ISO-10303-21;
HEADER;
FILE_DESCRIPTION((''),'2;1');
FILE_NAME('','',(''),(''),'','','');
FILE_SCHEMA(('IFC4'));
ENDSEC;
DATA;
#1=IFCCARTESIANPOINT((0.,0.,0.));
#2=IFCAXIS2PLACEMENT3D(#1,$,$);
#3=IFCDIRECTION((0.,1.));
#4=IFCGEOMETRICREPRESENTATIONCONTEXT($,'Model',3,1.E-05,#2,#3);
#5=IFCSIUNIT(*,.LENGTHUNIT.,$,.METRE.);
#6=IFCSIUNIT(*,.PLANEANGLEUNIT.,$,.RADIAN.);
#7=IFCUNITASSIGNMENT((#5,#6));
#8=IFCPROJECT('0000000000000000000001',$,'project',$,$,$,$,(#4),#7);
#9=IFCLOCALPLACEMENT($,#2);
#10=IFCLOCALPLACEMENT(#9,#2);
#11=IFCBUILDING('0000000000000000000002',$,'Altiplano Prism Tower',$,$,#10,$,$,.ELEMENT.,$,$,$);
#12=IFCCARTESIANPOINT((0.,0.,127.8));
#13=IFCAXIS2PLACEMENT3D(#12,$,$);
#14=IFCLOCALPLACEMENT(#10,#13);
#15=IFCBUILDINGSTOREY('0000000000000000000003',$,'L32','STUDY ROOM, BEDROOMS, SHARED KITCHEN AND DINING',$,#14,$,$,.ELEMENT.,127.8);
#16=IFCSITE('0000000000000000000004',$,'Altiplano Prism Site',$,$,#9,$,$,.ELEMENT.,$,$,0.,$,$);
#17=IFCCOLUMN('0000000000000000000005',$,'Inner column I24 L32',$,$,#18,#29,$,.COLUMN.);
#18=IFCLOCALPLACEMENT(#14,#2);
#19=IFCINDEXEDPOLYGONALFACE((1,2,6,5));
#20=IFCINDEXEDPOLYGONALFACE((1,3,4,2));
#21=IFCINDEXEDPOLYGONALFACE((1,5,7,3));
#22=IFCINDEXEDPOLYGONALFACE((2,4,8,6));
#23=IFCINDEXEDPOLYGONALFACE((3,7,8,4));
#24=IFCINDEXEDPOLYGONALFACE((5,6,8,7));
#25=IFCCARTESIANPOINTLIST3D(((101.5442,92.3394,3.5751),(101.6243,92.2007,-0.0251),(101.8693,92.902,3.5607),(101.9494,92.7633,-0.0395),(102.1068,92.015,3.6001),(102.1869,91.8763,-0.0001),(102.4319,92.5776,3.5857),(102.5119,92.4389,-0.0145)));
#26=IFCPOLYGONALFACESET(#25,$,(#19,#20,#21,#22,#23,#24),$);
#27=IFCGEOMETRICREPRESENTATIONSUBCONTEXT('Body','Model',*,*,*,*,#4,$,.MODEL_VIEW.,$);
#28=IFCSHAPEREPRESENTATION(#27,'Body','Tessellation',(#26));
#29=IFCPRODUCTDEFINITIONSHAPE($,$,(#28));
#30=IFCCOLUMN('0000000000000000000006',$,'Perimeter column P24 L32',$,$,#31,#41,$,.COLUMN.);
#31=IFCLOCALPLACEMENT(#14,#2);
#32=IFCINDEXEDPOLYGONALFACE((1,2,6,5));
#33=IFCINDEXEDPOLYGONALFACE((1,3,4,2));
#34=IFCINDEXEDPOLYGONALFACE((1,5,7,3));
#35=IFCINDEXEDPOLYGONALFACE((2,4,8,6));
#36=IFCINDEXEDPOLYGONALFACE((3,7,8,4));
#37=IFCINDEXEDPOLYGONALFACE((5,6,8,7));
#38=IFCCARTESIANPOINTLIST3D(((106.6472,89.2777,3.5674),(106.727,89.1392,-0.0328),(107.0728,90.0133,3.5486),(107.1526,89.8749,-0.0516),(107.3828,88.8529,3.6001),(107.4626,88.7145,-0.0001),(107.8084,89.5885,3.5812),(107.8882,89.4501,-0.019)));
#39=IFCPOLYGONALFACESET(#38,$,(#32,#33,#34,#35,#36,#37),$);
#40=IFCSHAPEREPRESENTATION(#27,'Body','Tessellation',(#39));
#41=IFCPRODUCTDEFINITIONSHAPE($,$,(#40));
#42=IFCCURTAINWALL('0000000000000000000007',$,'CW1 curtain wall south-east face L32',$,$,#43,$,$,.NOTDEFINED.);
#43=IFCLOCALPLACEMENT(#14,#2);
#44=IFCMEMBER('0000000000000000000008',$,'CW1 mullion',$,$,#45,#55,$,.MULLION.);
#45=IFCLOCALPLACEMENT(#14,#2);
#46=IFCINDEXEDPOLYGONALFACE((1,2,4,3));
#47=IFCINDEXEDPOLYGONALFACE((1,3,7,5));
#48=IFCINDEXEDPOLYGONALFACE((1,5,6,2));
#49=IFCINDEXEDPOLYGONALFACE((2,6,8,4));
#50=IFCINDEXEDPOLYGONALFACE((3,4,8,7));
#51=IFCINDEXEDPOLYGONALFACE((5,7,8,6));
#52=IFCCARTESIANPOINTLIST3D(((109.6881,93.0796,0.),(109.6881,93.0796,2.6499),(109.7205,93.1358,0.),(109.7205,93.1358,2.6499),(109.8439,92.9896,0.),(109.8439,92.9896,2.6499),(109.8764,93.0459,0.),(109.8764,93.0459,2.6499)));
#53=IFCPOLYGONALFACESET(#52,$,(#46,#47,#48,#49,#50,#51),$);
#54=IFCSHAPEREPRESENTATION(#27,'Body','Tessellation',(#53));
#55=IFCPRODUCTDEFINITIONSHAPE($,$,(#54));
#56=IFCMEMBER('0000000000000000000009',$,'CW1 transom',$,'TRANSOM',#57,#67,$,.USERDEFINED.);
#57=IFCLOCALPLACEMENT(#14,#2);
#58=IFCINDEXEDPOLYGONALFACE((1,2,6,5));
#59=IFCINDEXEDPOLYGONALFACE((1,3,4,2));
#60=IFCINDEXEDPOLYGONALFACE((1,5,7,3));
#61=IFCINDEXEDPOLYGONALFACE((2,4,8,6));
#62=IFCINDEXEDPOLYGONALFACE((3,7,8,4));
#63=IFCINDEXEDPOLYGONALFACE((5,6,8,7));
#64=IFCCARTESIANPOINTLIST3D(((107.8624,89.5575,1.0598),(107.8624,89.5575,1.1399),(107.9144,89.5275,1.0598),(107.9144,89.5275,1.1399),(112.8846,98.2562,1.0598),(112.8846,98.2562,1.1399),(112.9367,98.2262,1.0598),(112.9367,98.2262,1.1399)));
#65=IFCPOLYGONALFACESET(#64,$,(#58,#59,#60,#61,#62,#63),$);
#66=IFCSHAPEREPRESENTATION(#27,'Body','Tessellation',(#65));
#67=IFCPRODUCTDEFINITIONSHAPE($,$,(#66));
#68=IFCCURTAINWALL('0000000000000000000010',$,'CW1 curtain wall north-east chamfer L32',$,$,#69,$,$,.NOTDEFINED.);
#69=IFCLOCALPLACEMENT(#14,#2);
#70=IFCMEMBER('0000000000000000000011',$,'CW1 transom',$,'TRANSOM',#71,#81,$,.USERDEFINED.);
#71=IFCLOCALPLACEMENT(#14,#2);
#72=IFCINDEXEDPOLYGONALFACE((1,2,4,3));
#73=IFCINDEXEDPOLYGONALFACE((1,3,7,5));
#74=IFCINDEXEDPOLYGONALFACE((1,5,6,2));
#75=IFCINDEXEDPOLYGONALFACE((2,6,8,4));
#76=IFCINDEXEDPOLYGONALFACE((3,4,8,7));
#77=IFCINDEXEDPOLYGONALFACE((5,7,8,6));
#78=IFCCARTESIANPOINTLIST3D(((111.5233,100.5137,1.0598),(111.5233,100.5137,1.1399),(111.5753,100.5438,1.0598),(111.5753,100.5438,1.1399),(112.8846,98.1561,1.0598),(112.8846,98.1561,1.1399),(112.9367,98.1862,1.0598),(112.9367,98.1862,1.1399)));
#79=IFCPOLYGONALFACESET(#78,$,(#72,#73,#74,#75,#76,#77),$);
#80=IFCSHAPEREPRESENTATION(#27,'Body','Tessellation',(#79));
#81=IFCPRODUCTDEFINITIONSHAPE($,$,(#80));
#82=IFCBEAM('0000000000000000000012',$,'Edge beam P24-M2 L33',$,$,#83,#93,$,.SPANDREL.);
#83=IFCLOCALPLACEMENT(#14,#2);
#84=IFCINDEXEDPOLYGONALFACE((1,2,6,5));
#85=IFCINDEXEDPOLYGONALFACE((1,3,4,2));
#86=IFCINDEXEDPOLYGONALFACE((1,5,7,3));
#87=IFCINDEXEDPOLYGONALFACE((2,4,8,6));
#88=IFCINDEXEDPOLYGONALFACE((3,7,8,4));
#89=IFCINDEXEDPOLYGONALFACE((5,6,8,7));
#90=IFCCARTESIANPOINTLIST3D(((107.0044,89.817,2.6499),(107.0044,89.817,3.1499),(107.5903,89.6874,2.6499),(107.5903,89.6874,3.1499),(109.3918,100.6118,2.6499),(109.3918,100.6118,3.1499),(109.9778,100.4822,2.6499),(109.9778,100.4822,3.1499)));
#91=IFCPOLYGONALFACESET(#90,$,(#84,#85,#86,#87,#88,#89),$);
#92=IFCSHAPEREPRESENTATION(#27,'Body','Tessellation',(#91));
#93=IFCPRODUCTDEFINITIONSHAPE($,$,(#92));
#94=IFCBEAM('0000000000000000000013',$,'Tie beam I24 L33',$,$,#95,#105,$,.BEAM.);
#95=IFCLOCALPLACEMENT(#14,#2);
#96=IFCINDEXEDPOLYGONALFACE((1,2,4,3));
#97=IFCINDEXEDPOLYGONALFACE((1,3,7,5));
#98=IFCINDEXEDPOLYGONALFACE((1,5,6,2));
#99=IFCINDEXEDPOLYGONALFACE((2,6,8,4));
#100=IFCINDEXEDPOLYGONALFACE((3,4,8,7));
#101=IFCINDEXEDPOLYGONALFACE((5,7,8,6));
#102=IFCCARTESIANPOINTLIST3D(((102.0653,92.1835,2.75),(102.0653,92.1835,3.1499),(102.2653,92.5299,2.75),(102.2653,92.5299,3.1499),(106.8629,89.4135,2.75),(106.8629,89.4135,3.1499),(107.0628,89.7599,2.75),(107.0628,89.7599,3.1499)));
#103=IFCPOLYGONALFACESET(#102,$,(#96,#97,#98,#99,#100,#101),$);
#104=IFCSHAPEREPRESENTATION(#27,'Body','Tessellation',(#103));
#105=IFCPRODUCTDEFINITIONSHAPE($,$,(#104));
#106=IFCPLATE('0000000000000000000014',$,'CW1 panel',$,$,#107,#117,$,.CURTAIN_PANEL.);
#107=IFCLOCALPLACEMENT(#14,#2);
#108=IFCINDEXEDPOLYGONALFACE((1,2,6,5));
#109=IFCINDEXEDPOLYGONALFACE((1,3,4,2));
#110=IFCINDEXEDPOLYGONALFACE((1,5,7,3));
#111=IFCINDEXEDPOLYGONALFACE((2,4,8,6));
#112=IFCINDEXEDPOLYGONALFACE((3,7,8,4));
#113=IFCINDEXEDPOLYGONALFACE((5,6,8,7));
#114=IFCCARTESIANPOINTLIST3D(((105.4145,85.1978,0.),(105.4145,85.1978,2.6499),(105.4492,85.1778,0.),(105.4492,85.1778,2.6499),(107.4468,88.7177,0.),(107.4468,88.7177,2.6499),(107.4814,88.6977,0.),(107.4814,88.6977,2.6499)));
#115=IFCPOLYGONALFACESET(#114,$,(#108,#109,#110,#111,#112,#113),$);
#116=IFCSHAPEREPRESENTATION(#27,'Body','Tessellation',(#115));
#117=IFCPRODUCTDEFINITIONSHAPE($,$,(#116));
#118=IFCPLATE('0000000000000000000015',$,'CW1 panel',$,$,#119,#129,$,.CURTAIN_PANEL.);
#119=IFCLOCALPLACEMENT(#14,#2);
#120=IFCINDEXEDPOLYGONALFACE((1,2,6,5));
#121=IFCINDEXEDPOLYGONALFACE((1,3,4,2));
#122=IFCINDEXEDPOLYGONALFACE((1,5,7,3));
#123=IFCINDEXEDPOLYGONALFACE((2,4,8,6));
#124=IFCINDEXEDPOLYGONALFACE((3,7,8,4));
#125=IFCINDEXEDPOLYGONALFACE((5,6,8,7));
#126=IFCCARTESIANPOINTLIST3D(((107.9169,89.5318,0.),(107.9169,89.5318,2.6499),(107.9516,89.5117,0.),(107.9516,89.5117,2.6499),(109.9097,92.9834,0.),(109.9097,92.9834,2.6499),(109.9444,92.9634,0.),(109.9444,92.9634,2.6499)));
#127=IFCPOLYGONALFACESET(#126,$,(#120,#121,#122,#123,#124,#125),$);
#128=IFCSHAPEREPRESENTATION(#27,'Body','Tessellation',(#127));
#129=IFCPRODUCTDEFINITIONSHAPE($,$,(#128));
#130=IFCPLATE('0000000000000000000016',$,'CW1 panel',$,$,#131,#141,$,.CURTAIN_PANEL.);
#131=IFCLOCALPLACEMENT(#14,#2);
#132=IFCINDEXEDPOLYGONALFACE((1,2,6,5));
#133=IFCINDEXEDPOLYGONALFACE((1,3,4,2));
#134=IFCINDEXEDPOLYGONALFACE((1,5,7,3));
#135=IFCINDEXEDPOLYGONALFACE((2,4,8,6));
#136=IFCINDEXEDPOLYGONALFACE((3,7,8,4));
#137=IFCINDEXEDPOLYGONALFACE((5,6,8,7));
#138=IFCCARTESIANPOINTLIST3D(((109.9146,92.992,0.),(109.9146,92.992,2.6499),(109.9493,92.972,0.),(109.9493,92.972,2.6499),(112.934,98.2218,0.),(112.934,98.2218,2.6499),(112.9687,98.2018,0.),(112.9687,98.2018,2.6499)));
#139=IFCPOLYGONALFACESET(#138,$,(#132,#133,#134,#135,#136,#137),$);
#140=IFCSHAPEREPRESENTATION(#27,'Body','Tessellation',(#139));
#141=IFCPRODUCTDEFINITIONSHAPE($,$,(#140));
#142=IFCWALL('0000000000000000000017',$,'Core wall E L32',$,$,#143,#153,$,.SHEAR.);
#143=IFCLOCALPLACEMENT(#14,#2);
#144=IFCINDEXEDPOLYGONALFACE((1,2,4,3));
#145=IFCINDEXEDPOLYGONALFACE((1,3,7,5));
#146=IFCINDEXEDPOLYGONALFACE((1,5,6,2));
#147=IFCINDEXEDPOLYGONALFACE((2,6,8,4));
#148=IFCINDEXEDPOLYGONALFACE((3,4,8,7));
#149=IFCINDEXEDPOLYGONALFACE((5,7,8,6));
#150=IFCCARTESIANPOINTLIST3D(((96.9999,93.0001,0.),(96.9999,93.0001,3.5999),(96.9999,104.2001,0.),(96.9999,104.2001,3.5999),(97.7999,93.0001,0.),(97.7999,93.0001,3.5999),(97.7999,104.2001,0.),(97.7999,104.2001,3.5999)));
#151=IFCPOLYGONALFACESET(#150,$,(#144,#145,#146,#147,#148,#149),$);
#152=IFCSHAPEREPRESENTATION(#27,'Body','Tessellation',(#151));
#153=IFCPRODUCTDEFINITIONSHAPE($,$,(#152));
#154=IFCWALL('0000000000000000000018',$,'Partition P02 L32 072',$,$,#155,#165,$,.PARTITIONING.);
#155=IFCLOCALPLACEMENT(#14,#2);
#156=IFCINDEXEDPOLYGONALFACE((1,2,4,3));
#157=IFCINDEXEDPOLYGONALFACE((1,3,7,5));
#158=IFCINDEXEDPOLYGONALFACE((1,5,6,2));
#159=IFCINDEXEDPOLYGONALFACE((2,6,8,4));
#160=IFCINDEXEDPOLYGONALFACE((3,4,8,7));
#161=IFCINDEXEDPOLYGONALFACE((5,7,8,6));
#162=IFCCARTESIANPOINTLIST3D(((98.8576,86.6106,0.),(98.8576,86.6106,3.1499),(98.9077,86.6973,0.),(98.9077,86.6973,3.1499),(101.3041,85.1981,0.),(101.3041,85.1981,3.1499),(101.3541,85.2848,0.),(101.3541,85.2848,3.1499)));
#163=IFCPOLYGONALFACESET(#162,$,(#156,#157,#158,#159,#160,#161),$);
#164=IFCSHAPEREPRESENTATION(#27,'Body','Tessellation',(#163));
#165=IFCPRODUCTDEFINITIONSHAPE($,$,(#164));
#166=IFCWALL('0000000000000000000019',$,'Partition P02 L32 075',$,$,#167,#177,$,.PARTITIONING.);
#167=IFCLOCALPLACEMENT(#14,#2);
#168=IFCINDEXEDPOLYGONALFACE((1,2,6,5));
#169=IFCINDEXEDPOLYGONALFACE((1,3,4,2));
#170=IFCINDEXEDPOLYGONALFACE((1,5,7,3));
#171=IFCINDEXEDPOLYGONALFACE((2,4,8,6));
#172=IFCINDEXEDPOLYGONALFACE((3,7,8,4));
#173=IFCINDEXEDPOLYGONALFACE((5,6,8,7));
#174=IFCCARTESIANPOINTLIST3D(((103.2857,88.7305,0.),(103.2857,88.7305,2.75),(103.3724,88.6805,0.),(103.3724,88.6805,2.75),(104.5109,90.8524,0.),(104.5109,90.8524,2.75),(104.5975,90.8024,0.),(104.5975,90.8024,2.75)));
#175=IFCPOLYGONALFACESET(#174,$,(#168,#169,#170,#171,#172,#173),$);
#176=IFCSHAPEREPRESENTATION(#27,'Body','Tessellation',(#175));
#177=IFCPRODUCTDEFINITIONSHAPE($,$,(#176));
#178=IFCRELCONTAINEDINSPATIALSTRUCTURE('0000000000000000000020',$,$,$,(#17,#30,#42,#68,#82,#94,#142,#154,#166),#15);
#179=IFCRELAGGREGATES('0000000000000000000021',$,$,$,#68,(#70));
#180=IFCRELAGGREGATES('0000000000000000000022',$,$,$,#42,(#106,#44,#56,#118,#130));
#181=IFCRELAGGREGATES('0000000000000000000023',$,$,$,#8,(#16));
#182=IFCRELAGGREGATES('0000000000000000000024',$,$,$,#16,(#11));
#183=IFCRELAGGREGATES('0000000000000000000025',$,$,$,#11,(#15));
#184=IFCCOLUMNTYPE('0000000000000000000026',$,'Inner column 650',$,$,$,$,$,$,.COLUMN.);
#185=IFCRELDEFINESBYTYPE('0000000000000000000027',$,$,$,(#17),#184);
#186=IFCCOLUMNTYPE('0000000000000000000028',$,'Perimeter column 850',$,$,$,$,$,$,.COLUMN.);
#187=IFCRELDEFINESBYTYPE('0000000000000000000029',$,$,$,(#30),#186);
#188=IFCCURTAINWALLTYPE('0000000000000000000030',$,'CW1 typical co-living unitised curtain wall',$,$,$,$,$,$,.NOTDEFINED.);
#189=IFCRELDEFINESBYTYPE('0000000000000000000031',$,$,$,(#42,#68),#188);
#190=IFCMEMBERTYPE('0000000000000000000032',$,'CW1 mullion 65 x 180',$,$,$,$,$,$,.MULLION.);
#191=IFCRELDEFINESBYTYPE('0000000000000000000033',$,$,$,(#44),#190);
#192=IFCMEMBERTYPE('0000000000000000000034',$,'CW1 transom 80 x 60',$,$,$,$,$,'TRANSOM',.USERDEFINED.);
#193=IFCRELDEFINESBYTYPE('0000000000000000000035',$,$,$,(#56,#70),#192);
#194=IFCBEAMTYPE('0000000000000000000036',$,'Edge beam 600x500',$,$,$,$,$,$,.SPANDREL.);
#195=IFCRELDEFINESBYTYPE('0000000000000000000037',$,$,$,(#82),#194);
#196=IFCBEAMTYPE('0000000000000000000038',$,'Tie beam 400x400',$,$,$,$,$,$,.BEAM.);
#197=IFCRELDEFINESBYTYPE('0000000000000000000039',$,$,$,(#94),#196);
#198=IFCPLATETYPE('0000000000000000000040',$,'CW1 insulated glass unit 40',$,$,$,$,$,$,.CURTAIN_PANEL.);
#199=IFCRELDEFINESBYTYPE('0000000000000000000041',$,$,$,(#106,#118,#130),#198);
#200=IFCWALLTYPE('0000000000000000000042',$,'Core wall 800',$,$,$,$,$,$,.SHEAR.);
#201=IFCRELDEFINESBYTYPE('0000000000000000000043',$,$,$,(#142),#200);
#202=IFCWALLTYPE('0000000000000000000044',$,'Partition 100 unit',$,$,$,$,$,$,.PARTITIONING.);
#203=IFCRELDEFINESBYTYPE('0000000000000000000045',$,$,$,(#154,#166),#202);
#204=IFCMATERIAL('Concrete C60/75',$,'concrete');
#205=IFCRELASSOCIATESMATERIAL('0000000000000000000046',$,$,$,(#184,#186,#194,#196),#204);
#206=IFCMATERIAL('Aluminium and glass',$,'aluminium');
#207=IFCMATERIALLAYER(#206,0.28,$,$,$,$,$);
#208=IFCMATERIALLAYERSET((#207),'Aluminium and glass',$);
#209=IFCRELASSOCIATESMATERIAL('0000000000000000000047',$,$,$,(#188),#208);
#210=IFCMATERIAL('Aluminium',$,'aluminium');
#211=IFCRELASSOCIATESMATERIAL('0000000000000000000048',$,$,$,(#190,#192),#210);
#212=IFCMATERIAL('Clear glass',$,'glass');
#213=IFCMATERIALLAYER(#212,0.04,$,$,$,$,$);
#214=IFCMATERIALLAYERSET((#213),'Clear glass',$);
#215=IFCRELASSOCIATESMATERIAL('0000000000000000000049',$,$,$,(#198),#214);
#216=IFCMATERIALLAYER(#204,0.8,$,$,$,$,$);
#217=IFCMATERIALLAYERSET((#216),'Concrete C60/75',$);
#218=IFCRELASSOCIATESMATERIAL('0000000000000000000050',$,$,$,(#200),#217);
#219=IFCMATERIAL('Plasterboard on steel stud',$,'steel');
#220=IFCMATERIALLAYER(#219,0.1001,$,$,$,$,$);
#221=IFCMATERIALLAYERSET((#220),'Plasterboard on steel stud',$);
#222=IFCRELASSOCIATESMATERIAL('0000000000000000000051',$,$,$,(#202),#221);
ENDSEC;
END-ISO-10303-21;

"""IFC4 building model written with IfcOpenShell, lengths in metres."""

from ifc_helpers import new_model, si_unit, direction, frame, frame_2d, origin, origin_2d, place, context, subcontext, project, spatial, rectangle, extrude, material, layer, layer_set, material_profile, profile_set, type_object, element, aggregate, save


model = new_model("IFC4")

# Units and contexts
model_context = context("Model", 3, precision=1e-05, world=origin(), true_north=direction((0.0, 1.0)))
body_context = subcontext(model_context, "Body", "Model", "MODEL_VIEW")
ifc_project = project(units=[si_unit("LENGTHUNIT", "METRE"), si_unit("PLANEANGLEUNIT", "RADIAN")], contexts=[model_context])

# Site, building, storey
site_placement = place(None, origin())
site = spatial("IfcSite", under=ifc_project, at=site_placement, Name="Altiplano Prism Site", CompositionType="ELEMENT", RefElevation=0.0)
building_placement = place(site_placement, origin())
building = spatial("IfcBuilding", under=site, at=building_placement, Name="Altiplano Prism Tower", CompositionType="ELEMENT")
storey_placement = place(building_placement, frame((0.0, 0.0, 127.8)))
storey = spatial("IfcBuildingStorey", under=building, at=storey_placement, Name="L32", Description="STUDY ROOM, BEDROOMS, SHARED KITCHEN AND DINING", CompositionType="ELEMENT", Elevation=127.8)

# Columns
ifc_material_1 = material(Name="Concrete C60/75", Category="concrete")
ifc_material_profile_1 = material_profile(ifc_material_1, rectangle(XDim=0.6499, YDim=0.6499, at=origin_2d()), Name="Inner column 650")
ifc_profile_set_1 = profile_set([ifc_material_profile_1], Name="Concrete C60/75")
column_type_1 = type_object("IfcColumnType", Name="Inner column 650", PredefinedType="COLUMN", material=ifc_profile_set_1)
column_1_placement = place(storey_placement, frame((102.0681, 92.3198, -0.0198), z_axis=(-0.022221, 0.038481, 0.999012), x_axis=(-0.50017, -0.865642, 0.022218)))
element("IfcColumn", 1, at=column_1_placement, inside=storey, type_object=column_type_1, Name="Inner column I24 L32", PredefinedType="COLUMN", context=body_context, shape_type="SweptSolid", body=[
    extrude(rectangle(XDim=0.6499, YDim=0.6499, at=origin_2d()), origin(), (0.0, 0.0, 1.0), 3.6038),
])
ifc_material_profile_2 = material_profile(ifc_material_1, rectangle(XDim=0.8501, YDim=0.8501, at=origin_2d()), Name="Perimeter column 850")
ifc_profile_set_2 = profile_set([ifc_material_profile_2], Name="Concrete C60/75")
column_type_2 = type_object("IfcColumnType", Name="Perimeter column 850", PredefinedType="COLUMN", material=ifc_profile_set_2)
column_2_placement = place(storey_placement, frame((107.3076, 89.2947, -0.0259), z_axis=(-0.022154, 0.038413, 0.999016), x_axis=(-0.500653, -0.865364, 0.022172)))
element("IfcColumn", 2, at=column_2_placement, inside=storey, type_object=column_type_2, Name="Perimeter column P24 L32", PredefinedType="COLUMN", context=body_context, shape_type="SweptSolid", body=[
    extrude(rectangle(XDim=0.8501, YDim=0.8501, at=origin_2d()), origin(), (0.0, 0.0, 1.0), 3.6038),
])

# Curtain wall, members
ifc_material_2 = material(Name="Aluminium and glass", Category="aluminium")
ifc_layer_1 = layer(ifc_material_2, 0.28)
ifc_layer_set_1 = layer_set([ifc_layer_1], Name="Aluminium and glass")
curtain_wall_type = type_object("IfcCurtainWallType", Name="CW1 typical co-living unitised curtain wall", PredefinedType="NOTDEFINED", material=ifc_layer_set_1)
curtain_wall_1_placement = place(storey_placement, origin())
curtain_wall_1 = element("IfcCurtainWall", 3, at=curtain_wall_1_placement, inside=storey, type_object=curtain_wall_type, Name="CW1 curtain wall south-east face L32", PredefinedType="NOTDEFINED")
ifc_material_3 = material(Name="Aluminium", Category="aluminium")
ifc_material_profile_3 = material_profile(ifc_material_3, rectangle(XDim=0.1799, YDim=0.0649, at=origin_2d()), Name="CW1 mullion 65 x 180")
ifc_profile_set_3 = profile_set([ifc_material_profile_3], Name="Aluminium")
member_type_1 = type_object("IfcMemberType", Name="CW1 mullion 65 x 180", PredefinedType="MULLION", material=ifc_profile_set_3)
member_1_placement = place(storey_placement, frame((109.7822, 93.0627, 0.0), z_axis=(0.0, 0.0, 1.0), x_axis=(-0.866025, 0.5, 0.0)))
member_1 = element("IfcMember", 4, at=member_1_placement, type_object=member_type_1, Name="CW1 mullion", PredefinedType="MULLION", context=body_context, shape_type="SweptSolid", body=[
    extrude(rectangle(XDim=0.1799, YDim=0.0649, at=origin_2d()), origin(), (0.0, 0.0, 1.0), 2.6499),
])
ifc_material_profile_4 = material_profile(ifc_material_3, rectangle(XDim=0.0601, YDim=0.0801, at=origin_2d()), Name="CW1 transom 80 x 60")
ifc_profile_set_4 = profile_set([ifc_material_profile_4], Name="Aluminium")
member_type_2 = type_object("IfcMemberType", Name="CW1 transom 80 x 60", ElementType="TRANSOM", PredefinedType="USERDEFINED", material=ifc_profile_set_4)
member_2_placement = place(storey_placement, frame((107.8884, 89.5425, 1.0999), z_axis=(0.5, 0.866025, 0.0), x_axis=(-0.866025, 0.5, 0.0)))
member_2 = element("IfcMember", 5, at=member_2_placement, type_object=member_type_2, Name="CW1 transom", ObjectType="TRANSOM", PredefinedType="USERDEFINED", context=body_context, shape_type="SweptSolid", body=[
    extrude(rectangle(XDim=0.0601, YDim=0.0801, at=origin_2d()), origin(), (0.0, 0.0, 1.0), 10.0444),
])

# Curtain wall, member
curtain_wall_2_placement = place(storey_placement, origin())
curtain_wall_2 = element("IfcCurtainWall", 6, at=curtain_wall_2_placement, inside=storey, type_object=curtain_wall_type, Name="CW1 curtain wall north-east chamfer L32", PredefinedType="NOTDEFINED")
member_3_placement = place(storey_placement, frame((112.9106, 98.1711, 1.0999), z_axis=(-0.500036, 0.866005, 0.0), x_axis=(-0.866005, -0.500036, 0.0)))
member_3 = element("IfcMember", 7, at=member_3_placement, type_object=member_type_2, Name="CW1 transom", ObjectType="TRANSOM", PredefinedType="USERDEFINED", context=body_context, shape_type="SweptSolid", body=[
    extrude(rectangle(XDim=0.0601, YDim=0.0801, at=origin_2d()), origin(), (0.0, 0.0, 1.0), 2.7224),
])
aggregate(curtain_wall_2, [member_3])

# Beams
ifc_material_profile_5 = material_profile(ifc_material_1, rectangle(XDim=0.6001, YDim=0.5, at=origin_2d()), Name="Edge beam 600x500")
ifc_profile_set_5 = profile_set([ifc_material_profile_5], Name="Concrete C60/75")
beam_type_1 = type_object("IfcBeamType", Name="Edge beam 600x500", PredefinedType="SPANDREL", material=ifc_profile_set_5)
beam_1_placement = place(storey_placement, frame((107.2974, 89.7522, 2.8999), z_axis=(0.215946, 0.976405, 0.0), x_axis=(-0.976405, 0.215946, 0.0)))
element("IfcBeam", 8, at=beam_1_placement, inside=storey, type_object=beam_type_1, Name="Edge beam P24-M2 L33", PredefinedType="SPANDREL", context=body_context, shape_type="SweptSolid", body=[
    extrude(rectangle(XDim=0.6001, YDim=0.5, at=origin_2d()), origin(), (0.0, 0.0, 1.0), 11.0557),
])
ifc_material_profile_6 = material_profile(ifc_material_1, rectangle(XDim=0.3999, YDim=0.3999, at=origin_2d()), Name="Tie beam 400x400")
ifc_profile_set_6 = profile_set([ifc_material_profile_6], Name="Concrete C60/75")
beam_type_2 = type_object("IfcBeamType", Name="Tie beam 400x400", PredefinedType="BEAM", material=ifc_profile_set_6)
beam_2_placement = place(storey_placement, frame((102.1653, 92.3567, 2.95), z_axis=(0.866016, -0.500016, 0.0), x_axis=(0.500016, 0.866016, 0.0)))
element("IfcBeam", 9, at=beam_2_placement, inside=storey, type_object=beam_type_2, Name="Tie beam I24 L33", PredefinedType="BEAM", context=body_context, shape_type="SweptSolid", body=[
    extrude(rectangle(XDim=0.3999, YDim=0.3999, at=origin_2d()), origin(), (0.0, 0.0, 1.0), 5.5398),
])

# Plates
ifc_material_4 = material(Name="Clear glass", Category="glass")
ifc_layer_2 = layer(ifc_material_4, 0.04)
ifc_layer_set_2 = layer_set([ifc_layer_2], Name="Clear glass")
plate_type = type_object("IfcPlateType", Name="CW1 insulated glass unit 40", PredefinedType="CURTAIN_PANEL", material=ifc_layer_set_2)
plate_1_placement = place(storey_placement, frame((106.448, 86.9478, 0.0), z_axis=(0.0, 0.0, 1.0), x_axis=(0.5, 0.866025, 0.0)))
plate_1 = element("IfcPlate", 10, at=plate_1_placement, type_object=plate_type, Name="CW1 panel", PredefinedType="CURTAIN_PANEL", context=body_context, shape_type="SweptSolid", body=[
    extrude(rectangle(XDim=4.0645, YDim=0.04, at=origin_2d()), origin(), (0.0, 0.0, 1.0), 2.6499),
])
plate_2_placement = place(storey_placement, frame((108.9307, 91.2476, 0.0), z_axis=(0.0, 0.0, 1.0), x_axis=(0.5, 0.866025, 0.0)))
plate_2 = element("IfcPlate", 11, at=plate_2_placement, type_object=plate_type, Name="CW1 panel", PredefinedType="CURTAIN_PANEL", context=body_context, shape_type="SweptSolid", body=[
    extrude(rectangle(XDim=3.9856, YDim=0.04, at=origin_2d()), origin(), (0.0, 0.0, 1.0), 2.6499),
])
plate_3_placement = place(storey_placement, frame((111.4417, 95.5969, 0.0), z_axis=(0.0, 0.0, 1.0), x_axis=(0.5, 0.866025, 0.0)))
plate_3 = element("IfcPlate", 12, at=plate_3_placement, type_object=plate_type, Name="CW1 panel", PredefinedType="CURTAIN_PANEL", context=body_context, shape_type="SweptSolid", body=[
    extrude(rectangle(XDim=6.0388, YDim=0.04, at=origin_2d()), origin(), (0.0, 0.0, 1.0), 2.6499),
])
aggregate(curtain_wall_1, [plate_1, member_1, member_2, plate_2, plate_3])

# Walls
ifc_layer_3 = layer(ifc_material_1, 0.8)
ifc_layer_set_3 = layer_set([ifc_layer_3], Name="Concrete C60/75")
wall_type_1 = type_object("IfcWallType", Name="Core wall 800", PredefinedType="SHEAR", material=ifc_layer_set_3)
wall_1_placement = place(storey_placement, frame((97.3999, 93.0, 0.0), z_axis=(0.0, 0.0, 1.0), x_axis=(0.0, 1.0, 0.0)))
element("IfcWall", 13, at=wall_1_placement, inside=storey, type_object=wall_type_1, Name="Core wall E L32", PredefinedType="SHEAR", context=body_context, shape_type="SweptSolid", body=[
    extrude(rectangle(XDim=11.2, YDim=0.8, at=frame_2d((5.6001, 0.0))), origin(), (0.0, 0.0, 1.0), 3.5999),
])
ifc_material_5 = material(Name="Plasterboard on steel stud", Category="steel")
ifc_layer_4 = layer(ifc_material_5, 0.1001)
ifc_layer_set_4 = layer_set([ifc_layer_4], Name="Plasterboard on steel stud")
wall_type_2 = type_object("IfcWallType", Name="Partition 100 unit", PredefinedType="PARTITIONING", material=ifc_layer_set_4)
wall_2_placement = place(storey_placement, frame((98.8826, 86.6541, 0.0), z_axis=(0.0, 0.0, 1.0), x_axis=(0.866011, -0.500024, 0.0)))
element("IfcWall", 14, at=wall_2_placement, inside=storey, type_object=wall_type_2, Name="Partition P02 L32 072", PredefinedType="PARTITIONING", context=body_context, shape_type="SweptSolid", body=[
    extrude(rectangle(XDim=2.825, YDim=0.1001, at=frame_2d((1.4126, 0.0))), origin(), (0.0, 0.0, 1.0), 3.1499),
])
wall_3_placement = place(storey_placement, frame((104.5542, 90.8274, 0.0), z_axis=(0.0, 0.0, 1.0), x_axis=(-0.500019, -0.866015, 0.0)))
element("IfcWall", 15, at=wall_3_placement, inside=storey, type_object=wall_type_2, Name="Partition P02 L32 075", PredefinedType="PARTITIONING", context=body_context, shape_type="SweptSolid", body=[
    extrude(rectangle(XDim=2.4502, YDim=0.1001, at=frame_2d((1.2251, 0.0))), origin(), (0.0, 0.0, 1.0), 2.75),
])

save(model, "model.ifc")
